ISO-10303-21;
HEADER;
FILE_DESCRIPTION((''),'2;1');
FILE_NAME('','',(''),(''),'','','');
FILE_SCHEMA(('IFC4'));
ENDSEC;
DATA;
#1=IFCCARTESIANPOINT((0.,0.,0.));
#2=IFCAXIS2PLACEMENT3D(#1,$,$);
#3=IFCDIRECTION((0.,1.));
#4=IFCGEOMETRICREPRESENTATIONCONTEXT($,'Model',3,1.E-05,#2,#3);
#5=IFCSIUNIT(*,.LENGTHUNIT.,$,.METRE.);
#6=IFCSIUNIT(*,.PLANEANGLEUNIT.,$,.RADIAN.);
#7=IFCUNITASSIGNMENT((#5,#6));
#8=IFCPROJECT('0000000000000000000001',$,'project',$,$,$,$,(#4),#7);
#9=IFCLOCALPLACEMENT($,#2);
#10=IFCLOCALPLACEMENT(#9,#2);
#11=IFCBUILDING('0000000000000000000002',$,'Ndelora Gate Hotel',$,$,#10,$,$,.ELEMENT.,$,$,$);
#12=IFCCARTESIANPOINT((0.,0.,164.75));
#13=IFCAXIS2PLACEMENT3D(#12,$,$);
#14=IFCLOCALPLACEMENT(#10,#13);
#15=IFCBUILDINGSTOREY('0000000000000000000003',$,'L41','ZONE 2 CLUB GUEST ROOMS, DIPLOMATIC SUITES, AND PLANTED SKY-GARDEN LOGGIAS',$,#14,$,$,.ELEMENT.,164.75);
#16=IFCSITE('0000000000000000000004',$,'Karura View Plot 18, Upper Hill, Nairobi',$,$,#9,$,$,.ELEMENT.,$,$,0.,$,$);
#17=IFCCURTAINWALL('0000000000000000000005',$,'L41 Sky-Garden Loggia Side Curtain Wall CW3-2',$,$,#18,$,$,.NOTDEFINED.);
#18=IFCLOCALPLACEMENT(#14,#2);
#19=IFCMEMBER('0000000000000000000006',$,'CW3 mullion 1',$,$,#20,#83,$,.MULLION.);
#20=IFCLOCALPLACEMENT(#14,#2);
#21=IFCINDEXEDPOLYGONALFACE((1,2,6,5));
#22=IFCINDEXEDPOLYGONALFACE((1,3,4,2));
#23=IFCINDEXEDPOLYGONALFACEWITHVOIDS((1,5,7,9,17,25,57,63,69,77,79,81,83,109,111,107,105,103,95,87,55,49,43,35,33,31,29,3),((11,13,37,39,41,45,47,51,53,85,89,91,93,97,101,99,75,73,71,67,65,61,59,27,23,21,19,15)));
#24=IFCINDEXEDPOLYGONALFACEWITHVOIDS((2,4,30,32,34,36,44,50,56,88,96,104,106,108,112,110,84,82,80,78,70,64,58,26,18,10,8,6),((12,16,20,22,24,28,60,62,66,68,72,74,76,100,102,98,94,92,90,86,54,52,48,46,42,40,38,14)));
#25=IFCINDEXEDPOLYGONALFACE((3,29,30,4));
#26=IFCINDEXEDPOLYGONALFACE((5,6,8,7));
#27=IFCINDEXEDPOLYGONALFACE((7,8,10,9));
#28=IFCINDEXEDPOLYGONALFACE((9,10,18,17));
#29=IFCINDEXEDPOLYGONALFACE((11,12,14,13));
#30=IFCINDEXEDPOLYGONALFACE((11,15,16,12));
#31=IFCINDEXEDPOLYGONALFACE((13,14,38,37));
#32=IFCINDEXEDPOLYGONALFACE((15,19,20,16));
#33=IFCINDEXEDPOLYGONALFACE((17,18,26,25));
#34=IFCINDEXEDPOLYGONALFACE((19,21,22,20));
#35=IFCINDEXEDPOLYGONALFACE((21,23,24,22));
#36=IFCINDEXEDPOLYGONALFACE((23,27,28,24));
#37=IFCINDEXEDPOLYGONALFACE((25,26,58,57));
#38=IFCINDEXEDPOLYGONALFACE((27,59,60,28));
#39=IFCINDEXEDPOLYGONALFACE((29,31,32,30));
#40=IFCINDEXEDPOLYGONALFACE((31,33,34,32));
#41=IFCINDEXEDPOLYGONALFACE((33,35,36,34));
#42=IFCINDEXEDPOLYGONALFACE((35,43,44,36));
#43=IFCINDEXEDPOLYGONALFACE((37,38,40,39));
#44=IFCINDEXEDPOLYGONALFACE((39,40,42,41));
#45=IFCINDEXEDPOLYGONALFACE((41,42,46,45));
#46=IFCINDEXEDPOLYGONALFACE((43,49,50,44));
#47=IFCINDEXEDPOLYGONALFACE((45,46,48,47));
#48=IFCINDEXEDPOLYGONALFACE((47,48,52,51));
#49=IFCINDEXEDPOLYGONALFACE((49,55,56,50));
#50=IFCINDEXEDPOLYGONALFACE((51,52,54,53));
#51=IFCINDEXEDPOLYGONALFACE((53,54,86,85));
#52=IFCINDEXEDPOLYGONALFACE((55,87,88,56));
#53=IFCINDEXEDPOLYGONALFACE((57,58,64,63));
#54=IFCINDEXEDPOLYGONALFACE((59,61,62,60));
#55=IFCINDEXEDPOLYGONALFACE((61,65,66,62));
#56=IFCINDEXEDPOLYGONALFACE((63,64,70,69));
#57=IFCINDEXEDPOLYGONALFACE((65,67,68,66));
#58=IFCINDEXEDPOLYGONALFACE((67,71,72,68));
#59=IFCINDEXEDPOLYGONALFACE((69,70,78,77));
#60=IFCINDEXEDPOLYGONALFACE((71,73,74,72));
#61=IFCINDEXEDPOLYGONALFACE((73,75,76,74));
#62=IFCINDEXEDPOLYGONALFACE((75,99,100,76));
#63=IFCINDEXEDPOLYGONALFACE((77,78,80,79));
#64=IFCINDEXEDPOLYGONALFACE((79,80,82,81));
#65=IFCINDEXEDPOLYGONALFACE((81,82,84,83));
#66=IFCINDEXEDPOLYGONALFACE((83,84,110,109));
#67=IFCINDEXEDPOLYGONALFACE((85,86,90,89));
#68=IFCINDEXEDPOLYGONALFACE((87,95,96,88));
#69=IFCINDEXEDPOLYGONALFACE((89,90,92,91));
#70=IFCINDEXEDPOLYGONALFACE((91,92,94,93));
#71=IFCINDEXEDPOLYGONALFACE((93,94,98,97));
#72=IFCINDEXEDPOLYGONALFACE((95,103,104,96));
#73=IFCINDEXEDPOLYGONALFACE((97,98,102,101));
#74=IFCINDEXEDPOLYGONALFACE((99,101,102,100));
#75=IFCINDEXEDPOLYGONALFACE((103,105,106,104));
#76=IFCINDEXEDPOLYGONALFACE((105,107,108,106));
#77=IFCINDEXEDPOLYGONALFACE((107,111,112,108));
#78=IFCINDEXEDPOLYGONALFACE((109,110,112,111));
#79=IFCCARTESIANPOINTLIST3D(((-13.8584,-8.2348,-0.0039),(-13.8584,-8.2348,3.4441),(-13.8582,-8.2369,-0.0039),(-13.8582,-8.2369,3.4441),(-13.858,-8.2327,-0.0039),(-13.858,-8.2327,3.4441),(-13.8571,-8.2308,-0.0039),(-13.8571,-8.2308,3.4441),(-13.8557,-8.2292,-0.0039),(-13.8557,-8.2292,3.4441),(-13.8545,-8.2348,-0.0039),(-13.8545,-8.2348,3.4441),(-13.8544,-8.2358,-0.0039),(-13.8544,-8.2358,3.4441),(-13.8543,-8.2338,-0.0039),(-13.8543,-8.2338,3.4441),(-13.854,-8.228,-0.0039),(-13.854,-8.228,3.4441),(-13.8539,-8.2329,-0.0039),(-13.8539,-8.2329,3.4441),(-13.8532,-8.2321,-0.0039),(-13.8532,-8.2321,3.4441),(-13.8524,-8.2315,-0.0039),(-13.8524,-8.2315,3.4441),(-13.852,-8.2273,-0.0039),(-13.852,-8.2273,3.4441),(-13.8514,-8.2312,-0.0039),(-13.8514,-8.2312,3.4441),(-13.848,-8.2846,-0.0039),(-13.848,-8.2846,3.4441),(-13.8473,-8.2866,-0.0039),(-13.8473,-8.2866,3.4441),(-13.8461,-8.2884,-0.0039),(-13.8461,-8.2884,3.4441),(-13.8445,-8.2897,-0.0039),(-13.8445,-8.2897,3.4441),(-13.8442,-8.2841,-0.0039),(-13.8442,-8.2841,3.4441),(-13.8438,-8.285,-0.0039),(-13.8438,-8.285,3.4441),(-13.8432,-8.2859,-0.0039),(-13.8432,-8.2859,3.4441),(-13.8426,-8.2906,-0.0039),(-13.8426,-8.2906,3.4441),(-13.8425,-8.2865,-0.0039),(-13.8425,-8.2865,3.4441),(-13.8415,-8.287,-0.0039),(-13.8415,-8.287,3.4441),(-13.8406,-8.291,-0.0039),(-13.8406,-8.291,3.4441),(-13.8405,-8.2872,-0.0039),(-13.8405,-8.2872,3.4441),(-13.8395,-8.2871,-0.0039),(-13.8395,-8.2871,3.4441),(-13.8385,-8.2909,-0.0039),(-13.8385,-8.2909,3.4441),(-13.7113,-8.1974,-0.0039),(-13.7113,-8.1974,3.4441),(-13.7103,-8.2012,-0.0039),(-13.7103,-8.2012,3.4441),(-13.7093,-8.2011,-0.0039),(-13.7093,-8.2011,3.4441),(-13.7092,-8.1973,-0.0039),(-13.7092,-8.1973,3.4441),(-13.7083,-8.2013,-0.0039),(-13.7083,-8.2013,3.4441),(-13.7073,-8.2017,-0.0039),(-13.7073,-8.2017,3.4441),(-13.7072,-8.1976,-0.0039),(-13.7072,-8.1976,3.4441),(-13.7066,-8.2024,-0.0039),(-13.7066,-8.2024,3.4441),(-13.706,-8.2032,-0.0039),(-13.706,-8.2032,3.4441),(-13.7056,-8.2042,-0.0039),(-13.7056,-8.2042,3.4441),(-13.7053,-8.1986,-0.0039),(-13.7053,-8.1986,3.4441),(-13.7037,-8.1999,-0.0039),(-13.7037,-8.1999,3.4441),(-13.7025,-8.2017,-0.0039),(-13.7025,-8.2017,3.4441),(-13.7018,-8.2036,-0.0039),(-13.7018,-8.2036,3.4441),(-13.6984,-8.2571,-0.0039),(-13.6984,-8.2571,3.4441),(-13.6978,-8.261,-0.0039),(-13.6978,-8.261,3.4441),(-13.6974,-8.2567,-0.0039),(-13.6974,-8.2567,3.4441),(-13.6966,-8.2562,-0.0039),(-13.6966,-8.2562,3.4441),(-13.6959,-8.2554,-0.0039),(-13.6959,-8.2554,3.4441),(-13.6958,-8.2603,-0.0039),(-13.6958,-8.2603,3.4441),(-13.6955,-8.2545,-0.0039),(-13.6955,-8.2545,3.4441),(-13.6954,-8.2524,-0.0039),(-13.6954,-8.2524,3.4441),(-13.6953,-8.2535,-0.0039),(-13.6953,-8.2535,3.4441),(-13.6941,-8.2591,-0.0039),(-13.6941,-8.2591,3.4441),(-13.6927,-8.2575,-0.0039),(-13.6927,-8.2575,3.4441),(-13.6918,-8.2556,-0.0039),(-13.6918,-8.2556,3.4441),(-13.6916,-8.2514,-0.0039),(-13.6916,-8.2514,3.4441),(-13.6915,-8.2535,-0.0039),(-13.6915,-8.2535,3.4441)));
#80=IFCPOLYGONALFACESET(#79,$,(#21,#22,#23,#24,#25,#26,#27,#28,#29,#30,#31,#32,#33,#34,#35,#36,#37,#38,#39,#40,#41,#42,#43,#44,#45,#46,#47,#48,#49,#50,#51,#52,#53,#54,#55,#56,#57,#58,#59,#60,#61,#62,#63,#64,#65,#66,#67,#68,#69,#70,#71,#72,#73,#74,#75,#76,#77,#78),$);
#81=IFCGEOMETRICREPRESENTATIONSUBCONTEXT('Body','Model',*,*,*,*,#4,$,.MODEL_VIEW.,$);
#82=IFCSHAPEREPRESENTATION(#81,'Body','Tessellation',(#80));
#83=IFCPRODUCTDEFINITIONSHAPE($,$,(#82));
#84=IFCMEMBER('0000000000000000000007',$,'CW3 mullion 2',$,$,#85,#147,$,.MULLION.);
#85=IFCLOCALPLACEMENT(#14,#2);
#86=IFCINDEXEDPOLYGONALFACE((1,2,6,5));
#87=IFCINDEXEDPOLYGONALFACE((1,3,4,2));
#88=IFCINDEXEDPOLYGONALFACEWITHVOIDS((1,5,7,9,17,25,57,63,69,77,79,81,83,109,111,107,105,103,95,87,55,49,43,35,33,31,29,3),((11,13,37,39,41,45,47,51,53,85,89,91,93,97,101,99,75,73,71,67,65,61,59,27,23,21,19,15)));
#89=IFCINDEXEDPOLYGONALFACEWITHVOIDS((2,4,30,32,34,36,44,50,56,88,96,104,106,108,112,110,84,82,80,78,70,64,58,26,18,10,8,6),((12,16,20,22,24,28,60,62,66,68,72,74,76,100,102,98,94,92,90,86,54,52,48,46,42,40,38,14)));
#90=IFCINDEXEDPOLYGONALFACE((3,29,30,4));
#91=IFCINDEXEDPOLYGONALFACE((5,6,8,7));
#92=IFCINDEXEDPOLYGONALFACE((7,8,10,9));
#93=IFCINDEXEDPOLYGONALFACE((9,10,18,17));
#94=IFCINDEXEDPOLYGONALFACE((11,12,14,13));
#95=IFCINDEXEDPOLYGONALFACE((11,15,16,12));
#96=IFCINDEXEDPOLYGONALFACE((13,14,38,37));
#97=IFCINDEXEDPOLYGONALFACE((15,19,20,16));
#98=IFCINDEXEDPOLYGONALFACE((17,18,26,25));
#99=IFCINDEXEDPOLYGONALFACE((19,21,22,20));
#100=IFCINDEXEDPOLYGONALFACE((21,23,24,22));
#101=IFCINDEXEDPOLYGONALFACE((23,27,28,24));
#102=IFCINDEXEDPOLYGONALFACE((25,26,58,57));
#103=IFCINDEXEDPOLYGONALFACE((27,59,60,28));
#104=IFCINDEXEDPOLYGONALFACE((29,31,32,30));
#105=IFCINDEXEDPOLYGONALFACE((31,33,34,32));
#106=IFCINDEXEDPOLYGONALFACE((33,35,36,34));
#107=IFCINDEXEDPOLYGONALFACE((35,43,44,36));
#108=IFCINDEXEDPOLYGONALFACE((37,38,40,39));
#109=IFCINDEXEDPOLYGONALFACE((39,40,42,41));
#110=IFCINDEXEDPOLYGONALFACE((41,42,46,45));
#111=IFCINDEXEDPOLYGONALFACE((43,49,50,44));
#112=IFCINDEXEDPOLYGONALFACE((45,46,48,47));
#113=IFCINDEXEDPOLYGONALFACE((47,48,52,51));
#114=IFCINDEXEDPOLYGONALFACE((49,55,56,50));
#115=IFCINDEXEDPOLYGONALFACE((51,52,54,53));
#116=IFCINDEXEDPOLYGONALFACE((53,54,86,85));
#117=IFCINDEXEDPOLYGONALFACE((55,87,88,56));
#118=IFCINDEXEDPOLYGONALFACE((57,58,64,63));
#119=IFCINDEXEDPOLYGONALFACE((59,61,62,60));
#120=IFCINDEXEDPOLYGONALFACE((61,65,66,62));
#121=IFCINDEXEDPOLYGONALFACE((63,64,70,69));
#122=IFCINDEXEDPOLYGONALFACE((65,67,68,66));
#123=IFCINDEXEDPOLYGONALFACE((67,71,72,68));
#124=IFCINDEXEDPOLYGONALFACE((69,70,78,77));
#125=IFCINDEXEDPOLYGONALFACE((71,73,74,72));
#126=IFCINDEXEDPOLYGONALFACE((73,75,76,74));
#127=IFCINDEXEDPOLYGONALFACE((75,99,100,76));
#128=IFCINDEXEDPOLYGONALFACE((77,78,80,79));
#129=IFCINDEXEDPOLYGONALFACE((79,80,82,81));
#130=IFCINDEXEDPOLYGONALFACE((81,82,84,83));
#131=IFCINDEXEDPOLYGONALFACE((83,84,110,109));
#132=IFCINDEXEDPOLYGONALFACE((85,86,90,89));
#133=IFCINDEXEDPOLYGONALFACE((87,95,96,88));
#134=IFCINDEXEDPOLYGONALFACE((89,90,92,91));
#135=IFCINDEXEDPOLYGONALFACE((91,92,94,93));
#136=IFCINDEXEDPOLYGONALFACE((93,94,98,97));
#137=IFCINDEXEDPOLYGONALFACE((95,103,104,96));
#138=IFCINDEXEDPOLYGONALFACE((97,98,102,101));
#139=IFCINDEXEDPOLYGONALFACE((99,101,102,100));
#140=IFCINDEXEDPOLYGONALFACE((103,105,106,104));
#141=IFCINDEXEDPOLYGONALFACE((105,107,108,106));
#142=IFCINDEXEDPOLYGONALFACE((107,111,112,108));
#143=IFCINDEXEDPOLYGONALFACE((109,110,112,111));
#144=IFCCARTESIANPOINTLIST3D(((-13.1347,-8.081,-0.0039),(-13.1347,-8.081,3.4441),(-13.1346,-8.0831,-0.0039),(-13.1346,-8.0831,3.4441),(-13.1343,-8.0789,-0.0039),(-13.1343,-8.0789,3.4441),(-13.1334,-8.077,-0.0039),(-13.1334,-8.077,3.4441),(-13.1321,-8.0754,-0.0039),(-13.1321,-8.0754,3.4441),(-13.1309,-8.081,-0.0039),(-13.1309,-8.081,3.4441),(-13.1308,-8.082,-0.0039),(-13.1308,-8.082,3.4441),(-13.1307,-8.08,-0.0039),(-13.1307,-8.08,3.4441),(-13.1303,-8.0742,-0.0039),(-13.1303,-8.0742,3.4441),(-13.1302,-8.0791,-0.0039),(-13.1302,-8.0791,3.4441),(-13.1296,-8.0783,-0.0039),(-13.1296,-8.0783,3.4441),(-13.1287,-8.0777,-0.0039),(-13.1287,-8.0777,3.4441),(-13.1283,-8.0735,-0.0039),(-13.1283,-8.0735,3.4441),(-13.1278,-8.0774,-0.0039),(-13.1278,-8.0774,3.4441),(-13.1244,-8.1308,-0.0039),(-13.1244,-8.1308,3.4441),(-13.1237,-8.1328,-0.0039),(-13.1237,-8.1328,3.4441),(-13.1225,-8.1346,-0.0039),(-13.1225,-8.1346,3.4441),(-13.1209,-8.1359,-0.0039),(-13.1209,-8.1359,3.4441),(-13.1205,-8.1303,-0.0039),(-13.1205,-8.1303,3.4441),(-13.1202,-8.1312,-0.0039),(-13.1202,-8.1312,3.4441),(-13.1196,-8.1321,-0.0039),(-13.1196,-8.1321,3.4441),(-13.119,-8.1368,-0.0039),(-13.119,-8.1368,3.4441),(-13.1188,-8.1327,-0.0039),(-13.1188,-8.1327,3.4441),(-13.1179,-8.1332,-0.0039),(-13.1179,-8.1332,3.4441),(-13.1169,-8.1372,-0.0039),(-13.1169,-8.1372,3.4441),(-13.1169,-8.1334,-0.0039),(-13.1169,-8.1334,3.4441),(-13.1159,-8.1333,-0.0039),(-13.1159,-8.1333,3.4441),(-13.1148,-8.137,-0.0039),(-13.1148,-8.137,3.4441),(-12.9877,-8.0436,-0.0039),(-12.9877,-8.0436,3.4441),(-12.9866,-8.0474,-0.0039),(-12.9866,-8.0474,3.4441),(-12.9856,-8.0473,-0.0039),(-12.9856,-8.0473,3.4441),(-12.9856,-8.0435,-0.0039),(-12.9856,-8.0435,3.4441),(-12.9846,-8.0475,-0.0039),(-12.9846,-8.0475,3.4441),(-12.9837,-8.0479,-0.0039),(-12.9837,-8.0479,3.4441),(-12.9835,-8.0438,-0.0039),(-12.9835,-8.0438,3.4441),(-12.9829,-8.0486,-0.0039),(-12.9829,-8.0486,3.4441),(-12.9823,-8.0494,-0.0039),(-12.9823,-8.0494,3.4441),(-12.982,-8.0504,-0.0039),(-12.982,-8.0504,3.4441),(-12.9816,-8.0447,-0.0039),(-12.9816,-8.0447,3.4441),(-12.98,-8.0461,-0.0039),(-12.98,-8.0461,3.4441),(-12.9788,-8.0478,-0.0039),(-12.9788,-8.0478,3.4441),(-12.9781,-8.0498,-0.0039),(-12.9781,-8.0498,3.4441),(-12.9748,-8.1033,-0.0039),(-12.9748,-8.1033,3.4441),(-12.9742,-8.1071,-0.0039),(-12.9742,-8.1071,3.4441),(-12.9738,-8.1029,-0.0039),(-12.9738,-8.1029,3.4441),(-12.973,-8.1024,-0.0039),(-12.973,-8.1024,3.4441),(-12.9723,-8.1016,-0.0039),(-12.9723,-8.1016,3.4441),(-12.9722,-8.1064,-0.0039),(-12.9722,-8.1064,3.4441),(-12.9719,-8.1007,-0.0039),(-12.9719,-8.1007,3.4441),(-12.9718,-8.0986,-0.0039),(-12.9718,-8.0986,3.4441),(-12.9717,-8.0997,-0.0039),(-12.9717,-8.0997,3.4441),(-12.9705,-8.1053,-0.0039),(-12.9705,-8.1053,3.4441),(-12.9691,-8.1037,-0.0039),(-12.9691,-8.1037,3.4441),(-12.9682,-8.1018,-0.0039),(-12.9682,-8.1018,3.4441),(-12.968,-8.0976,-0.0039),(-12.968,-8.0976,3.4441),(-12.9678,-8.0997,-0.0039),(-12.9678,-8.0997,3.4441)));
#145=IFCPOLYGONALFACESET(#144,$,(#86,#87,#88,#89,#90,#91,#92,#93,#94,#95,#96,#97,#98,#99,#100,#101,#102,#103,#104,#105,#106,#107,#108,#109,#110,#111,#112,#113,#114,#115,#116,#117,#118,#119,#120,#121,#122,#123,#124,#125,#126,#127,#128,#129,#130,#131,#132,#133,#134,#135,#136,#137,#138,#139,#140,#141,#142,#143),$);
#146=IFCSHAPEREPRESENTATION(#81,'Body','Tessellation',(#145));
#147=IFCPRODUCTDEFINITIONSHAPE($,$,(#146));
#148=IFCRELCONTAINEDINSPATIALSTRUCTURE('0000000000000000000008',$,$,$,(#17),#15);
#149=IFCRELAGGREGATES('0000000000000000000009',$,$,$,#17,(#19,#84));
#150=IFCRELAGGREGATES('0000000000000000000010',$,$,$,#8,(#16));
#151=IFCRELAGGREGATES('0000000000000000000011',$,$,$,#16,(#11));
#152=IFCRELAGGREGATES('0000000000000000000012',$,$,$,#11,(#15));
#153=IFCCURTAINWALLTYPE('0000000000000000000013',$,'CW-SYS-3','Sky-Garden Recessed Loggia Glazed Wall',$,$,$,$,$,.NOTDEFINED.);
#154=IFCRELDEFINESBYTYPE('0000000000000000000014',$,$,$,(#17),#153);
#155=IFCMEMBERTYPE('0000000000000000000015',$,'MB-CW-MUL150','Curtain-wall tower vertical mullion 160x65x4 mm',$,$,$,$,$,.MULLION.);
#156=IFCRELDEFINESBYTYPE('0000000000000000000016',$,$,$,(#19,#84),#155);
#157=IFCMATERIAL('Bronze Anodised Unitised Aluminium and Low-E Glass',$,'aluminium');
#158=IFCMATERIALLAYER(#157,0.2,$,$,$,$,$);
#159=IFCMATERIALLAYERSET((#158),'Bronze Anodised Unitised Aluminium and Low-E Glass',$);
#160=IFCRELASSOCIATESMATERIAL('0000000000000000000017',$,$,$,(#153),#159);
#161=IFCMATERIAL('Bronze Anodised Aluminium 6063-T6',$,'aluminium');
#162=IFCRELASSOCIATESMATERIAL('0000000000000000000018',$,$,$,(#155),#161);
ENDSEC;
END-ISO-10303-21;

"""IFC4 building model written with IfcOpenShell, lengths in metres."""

from ifc_helpers import new_model, si_unit, direction, frame, origin, origin_2d, place, context, subcontext, project, spatial, hollow_rectangle, extrude, material, layer, layer_set, material_profile, profile_set, type_object, element, aggregate, save


model = new_model("IFC4")

# Units and contexts
model_context = context("Model", 3, precision=1e-05, world=origin(), true_north=direction((0.0, 1.0)))
body_context = subcontext(model_context, "Body", "Model", "MODEL_VIEW")
ifc_project = project(units=[si_unit("LENGTHUNIT", "METRE"), si_unit("PLANEANGLEUNIT", "RADIAN")], contexts=[model_context])

# Site, building, storey
site_placement = place(None, origin())
site = spatial("IfcSite", under=ifc_project, at=site_placement, Name="Karura View Plot 18, Upper Hill, Nairobi", CompositionType="ELEMENT", RefElevation=0.0)
building_placement = place(site_placement, origin())
building = spatial("IfcBuilding", under=site, at=building_placement, Name="Ndelora Gate Hotel", CompositionType="ELEMENT")
storey_placement = place(building_placement, frame((0.0, 0.0, 164.75)))
storey = spatial("IfcBuildingStorey", under=building, at=storey_placement, Name="L41", Description="ZONE 2 CLUB GUEST ROOMS, DIPLOMATIC SUITES, AND PLANTED SKY-GARDEN LOGGIAS", CompositionType="ELEMENT", Elevation=164.75)

# Curtain wall, members
ifc_material_1 = material(Name="Bronze Anodised Unitised Aluminium and Low-E Glass", Category="aluminium")
ifc_layer_1 = layer(ifc_material_1, 0.2)
ifc_layer_set_1 = layer_set([ifc_layer_1], Name="Bronze Anodised Unitised Aluminium and Low-E Glass")
curtain_wall_type = type_object("IfcCurtainWallType", Name="CW-SYS-3", Description="Sky-Garden Recessed Loggia Glazed Wall", PredefinedType="NOTDEFINED", material=ifc_layer_set_1)
curtain_wall_placement = place(storey_placement, origin())
curtain_wall = element("IfcCurtainWall", 1, at=curtain_wall_placement, inside=storey, type_object=curtain_wall_type, Name="L41 Sky-Garden Loggia Side Curtain Wall CW3-2", PredefinedType="NOTDEFINED")
ifc_material_2 = material(Name="Bronze Anodised Aluminium 6063-T6", Category="aluminium")
ifc_material_profile_1 = material_profile(ifc_material_2, hollow_rectangle(XDim=0.0649, YDim=0.1599, WallThickness=0.0039, InnerFilletRadius=0.0039, OuterFilletRadius=0.0081, at=origin_2d()), Name="ALU 160x65x4")
ifc_profile_set_1 = profile_set([ifc_material_profile_1], Name="Bronze Anodised Aluminium 6063-T6")
member_type_1 = type_object("IfcMemberType", Name="MB-CW-MUL150", Description="Curtain-wall tower vertical mullion 160x65x4 mm", PredefinedType="MULLION", material=ifc_profile_set_1)
member_1_placement = place(storey_placement, frame((-13.7749, -8.2441, -0.0039), z_axis=(0.0, 0.0, 1.0), x_axis=(-0.207908, 0.978148, 0.0)))
member_1 = element("IfcMember", 2, at=member_1_placement, type_object=member_type_1, Name="CW3 mullion 1", PredefinedType="MULLION", context=body_context, shape_type="SweptSolid", body=[
    extrude(hollow_rectangle(XDim=0.0649, YDim=0.1599, WallThickness=0.0039, InnerFilletRadius=0.0039, OuterFilletRadius=0.0081, at=origin_2d()), origin(), (0.0, 0.0, 1.0), 3.448),
])
member_2_placement = place(storey_placement, frame((-13.0513, -8.0903, -0.0039), z_axis=(0.0, 0.0, 1.0), x_axis=(-0.207908, 0.978148, 0.0)))
member_2 = element("IfcMember", 3, at=member_2_placement, type_object=member_type_1, Name="CW3 mullion 2", PredefinedType="MULLION", context=body_context, shape_type="SweptSolid", body=[
    extrude(hollow_rectangle(XDim=0.0649, YDim=0.1599, WallThickness=0.0039, InnerFilletRadius=0.0039, OuterFilletRadius=0.0081, at=origin_2d()), origin(), (0.0, 0.0, 1.0), 3.448),
])
aggregate(curtain_wall, [member_1, member_2])

save(model, "model.ifc")
